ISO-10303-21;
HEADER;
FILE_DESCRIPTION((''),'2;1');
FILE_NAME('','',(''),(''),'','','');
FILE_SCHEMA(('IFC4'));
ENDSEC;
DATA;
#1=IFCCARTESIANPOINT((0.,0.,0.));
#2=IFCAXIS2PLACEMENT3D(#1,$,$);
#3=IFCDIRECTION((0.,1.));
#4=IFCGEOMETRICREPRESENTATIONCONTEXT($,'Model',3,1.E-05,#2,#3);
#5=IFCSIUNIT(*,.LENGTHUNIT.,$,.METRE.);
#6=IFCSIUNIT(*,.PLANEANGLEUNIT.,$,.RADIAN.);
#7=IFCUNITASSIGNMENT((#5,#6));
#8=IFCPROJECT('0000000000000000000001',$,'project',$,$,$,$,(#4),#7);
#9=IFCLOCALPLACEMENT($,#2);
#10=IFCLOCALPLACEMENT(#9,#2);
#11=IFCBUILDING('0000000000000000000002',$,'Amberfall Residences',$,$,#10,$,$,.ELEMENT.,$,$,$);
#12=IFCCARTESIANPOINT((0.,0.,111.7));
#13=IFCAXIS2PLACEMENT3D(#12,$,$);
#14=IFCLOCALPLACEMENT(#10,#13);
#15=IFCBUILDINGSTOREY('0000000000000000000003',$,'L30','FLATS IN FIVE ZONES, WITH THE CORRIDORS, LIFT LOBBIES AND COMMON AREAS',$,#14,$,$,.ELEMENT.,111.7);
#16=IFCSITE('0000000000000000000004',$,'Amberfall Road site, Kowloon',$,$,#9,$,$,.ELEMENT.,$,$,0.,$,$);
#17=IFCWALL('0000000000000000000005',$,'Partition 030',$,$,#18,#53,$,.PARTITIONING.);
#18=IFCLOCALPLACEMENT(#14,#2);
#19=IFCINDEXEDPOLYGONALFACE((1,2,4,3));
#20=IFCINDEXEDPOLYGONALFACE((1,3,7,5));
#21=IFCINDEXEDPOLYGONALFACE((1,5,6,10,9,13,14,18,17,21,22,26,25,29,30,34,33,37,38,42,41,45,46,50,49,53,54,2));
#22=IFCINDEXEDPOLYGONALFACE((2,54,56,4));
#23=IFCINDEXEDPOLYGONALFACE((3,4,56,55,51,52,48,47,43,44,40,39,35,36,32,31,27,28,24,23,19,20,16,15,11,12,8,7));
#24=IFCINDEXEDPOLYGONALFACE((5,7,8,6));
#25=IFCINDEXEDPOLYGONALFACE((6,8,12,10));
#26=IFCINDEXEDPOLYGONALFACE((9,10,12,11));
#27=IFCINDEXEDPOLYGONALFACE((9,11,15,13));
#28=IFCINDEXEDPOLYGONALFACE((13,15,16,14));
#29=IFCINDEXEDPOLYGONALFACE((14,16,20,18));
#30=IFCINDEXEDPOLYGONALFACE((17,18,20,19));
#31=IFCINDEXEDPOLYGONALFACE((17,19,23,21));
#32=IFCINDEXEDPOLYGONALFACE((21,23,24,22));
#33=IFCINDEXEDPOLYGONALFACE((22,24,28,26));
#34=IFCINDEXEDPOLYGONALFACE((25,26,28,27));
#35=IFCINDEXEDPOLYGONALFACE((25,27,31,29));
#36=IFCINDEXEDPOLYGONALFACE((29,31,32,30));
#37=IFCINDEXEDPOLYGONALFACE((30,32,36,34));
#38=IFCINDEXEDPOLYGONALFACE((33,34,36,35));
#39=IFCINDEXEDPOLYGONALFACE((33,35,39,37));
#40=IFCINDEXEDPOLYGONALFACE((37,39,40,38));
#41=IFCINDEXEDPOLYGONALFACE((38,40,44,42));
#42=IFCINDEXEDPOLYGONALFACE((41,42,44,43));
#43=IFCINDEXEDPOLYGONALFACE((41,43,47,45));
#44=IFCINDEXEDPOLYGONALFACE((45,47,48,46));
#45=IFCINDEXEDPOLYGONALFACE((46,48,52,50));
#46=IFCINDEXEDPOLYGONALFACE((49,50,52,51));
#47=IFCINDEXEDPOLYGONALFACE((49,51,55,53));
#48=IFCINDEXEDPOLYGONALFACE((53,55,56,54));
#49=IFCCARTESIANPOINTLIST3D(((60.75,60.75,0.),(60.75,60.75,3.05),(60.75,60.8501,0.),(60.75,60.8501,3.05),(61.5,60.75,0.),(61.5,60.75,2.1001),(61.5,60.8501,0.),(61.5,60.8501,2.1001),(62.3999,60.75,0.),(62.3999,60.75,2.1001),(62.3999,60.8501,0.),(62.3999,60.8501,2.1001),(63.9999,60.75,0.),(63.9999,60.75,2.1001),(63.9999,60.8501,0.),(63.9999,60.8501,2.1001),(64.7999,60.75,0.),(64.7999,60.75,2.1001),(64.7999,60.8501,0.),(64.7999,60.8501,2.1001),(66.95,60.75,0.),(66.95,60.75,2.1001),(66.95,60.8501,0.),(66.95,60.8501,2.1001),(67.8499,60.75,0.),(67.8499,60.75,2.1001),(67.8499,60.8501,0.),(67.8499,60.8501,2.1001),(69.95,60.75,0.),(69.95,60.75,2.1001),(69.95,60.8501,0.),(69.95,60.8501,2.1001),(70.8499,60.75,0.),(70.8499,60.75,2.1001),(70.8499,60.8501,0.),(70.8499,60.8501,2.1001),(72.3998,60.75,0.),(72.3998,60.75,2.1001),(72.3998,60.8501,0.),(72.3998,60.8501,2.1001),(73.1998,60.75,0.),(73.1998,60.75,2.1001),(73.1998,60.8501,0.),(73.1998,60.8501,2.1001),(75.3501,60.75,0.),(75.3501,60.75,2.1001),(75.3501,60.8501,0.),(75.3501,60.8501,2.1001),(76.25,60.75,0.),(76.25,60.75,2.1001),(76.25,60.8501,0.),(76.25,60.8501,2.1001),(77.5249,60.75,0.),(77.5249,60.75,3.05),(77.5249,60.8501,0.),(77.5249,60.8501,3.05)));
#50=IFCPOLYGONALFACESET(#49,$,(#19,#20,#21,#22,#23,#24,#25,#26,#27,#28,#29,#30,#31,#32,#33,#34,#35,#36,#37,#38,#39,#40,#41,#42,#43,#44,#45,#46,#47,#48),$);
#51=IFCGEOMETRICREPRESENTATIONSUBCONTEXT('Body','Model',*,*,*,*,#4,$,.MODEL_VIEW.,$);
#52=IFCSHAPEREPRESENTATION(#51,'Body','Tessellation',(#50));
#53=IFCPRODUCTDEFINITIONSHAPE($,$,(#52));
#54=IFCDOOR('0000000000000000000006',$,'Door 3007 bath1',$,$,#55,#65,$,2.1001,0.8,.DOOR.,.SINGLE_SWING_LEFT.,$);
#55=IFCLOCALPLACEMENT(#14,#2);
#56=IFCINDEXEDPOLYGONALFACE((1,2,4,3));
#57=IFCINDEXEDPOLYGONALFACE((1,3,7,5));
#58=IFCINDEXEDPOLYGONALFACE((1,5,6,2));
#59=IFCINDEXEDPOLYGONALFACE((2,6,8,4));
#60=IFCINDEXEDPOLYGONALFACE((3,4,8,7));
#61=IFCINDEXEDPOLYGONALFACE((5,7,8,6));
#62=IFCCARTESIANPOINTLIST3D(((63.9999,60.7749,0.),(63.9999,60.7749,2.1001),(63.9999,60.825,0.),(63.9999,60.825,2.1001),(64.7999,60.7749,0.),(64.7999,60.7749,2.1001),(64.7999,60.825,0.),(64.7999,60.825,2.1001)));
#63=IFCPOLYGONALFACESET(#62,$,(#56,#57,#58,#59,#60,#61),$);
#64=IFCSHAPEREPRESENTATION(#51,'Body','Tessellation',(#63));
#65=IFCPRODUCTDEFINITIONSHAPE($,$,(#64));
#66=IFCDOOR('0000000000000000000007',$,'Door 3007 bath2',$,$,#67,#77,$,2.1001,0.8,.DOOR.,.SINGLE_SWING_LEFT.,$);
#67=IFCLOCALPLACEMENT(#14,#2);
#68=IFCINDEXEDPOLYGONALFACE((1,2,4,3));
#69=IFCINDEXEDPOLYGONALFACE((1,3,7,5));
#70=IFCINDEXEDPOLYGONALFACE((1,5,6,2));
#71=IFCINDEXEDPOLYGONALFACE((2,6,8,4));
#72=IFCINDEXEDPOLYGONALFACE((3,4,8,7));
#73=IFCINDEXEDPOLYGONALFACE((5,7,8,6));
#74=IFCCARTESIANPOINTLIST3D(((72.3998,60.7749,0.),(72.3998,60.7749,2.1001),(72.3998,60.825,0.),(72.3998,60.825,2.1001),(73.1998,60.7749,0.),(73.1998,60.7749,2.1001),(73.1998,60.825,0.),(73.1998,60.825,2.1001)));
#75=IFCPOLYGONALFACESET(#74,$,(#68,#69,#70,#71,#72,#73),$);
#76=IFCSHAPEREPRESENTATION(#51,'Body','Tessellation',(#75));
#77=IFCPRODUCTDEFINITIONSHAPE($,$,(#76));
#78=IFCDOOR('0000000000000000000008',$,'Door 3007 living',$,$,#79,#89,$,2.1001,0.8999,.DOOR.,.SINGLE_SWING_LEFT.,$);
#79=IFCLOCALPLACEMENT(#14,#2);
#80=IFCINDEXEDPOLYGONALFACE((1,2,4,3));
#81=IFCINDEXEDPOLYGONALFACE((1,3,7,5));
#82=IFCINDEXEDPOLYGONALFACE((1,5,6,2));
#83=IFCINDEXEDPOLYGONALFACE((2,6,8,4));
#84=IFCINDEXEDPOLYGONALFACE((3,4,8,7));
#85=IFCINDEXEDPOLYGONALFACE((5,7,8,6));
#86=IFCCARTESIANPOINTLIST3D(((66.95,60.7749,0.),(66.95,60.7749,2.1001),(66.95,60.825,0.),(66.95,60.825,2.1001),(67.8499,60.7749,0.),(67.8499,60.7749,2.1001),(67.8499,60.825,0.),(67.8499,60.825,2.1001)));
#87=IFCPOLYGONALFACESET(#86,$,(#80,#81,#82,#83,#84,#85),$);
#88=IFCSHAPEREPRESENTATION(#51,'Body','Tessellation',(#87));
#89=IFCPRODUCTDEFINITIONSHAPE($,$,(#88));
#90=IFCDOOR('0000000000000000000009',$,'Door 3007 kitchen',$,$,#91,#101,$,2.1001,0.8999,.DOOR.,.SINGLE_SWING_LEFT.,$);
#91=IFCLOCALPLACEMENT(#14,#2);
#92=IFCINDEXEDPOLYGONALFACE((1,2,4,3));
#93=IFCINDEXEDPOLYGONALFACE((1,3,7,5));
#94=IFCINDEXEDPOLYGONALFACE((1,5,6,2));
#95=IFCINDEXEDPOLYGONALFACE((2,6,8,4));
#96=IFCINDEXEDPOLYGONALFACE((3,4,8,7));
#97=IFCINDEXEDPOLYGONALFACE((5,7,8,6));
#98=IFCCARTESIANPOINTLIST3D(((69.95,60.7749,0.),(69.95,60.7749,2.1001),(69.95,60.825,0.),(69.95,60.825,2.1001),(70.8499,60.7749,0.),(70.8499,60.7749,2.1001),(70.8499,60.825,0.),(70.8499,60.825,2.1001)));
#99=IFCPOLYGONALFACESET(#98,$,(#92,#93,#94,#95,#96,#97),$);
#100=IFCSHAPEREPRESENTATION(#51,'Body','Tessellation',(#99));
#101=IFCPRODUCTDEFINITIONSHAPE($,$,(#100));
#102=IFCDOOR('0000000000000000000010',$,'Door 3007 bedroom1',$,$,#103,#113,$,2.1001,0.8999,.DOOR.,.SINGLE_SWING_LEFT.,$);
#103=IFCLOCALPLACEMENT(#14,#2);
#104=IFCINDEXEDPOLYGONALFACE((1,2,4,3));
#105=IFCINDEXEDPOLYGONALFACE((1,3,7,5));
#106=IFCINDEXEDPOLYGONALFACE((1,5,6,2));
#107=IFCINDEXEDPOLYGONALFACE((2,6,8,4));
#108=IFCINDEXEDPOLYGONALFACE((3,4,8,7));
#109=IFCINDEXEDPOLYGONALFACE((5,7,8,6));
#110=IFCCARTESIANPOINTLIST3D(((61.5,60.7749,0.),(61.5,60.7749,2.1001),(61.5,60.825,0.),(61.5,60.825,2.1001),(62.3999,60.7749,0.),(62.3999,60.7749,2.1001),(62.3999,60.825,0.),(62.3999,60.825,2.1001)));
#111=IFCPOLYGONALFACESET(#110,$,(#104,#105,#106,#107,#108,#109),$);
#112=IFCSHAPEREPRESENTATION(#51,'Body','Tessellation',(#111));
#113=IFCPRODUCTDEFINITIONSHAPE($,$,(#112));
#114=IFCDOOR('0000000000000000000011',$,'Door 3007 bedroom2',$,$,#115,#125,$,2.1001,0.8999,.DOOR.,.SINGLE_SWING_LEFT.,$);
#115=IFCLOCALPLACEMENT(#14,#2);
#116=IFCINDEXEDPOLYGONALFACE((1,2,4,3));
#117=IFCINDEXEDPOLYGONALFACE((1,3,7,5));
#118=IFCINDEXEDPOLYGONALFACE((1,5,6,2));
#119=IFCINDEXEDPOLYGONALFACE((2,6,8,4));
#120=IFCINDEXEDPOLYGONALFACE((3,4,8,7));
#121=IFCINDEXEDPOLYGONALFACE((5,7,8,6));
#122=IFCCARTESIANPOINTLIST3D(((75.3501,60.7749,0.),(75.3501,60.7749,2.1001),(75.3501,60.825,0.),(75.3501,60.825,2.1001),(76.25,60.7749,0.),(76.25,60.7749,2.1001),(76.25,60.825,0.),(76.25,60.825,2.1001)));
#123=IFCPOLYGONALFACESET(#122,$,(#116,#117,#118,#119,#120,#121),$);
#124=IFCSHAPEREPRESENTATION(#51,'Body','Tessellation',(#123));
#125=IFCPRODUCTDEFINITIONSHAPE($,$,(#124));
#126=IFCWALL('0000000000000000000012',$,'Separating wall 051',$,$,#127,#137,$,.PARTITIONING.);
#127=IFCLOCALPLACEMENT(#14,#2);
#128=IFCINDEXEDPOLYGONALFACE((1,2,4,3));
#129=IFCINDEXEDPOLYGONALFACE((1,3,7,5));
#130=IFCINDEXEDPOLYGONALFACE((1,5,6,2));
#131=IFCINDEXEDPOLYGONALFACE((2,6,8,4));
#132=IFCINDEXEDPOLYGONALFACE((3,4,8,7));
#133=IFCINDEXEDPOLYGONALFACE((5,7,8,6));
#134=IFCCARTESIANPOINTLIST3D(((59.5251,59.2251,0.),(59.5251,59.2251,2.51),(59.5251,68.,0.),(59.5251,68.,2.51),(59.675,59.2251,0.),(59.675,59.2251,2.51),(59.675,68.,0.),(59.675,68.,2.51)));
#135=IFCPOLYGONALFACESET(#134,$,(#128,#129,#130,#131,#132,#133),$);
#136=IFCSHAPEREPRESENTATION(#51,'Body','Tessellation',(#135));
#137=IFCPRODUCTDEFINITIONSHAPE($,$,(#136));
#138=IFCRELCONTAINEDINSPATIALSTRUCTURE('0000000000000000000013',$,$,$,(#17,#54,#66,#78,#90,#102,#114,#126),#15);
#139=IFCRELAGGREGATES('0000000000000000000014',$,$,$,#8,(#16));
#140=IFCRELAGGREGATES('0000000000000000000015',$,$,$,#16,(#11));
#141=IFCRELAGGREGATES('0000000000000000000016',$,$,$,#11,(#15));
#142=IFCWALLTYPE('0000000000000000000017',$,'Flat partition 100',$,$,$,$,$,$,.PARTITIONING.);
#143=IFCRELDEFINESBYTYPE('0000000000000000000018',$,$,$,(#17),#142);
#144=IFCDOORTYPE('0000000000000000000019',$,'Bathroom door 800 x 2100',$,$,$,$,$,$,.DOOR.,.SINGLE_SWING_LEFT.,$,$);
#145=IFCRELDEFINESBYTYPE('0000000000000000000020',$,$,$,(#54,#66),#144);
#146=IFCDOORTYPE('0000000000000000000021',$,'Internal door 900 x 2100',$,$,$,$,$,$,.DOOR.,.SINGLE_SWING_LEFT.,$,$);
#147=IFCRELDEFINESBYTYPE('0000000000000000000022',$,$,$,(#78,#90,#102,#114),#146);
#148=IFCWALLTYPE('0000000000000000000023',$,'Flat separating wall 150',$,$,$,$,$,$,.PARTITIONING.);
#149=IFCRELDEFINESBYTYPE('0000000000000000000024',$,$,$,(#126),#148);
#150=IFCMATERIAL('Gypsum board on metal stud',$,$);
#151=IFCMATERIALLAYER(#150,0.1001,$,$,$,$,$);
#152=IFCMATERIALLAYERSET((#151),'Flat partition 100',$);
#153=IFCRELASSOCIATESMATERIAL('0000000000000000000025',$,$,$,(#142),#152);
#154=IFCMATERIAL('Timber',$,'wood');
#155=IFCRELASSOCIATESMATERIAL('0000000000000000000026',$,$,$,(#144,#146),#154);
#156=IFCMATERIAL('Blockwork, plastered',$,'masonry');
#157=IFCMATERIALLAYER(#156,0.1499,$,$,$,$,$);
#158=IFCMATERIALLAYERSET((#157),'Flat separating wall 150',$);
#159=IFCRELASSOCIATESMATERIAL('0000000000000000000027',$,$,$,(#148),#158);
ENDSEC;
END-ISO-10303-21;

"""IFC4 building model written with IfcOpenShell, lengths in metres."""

from ifc_helpers import new_model, si_unit, direction, frame, frame_2d, origin, place, context, subcontext, project, spatial, rectangle, extrude, material, layer, layer_set, type_object, element, fill, save


model = new_model("IFC4")

# Units and contexts
model_context = context("Model", 3, precision=1e-05, world=origin(), true_north=direction((0.0, 1.0)))
body_context = subcontext(model_context, "Body", "Model", "MODEL_VIEW")
ifc_project = project(units=[si_unit("LENGTHUNIT", "METRE"), si_unit("PLANEANGLEUNIT", "RADIAN")], contexts=[model_context])

# Site, building, storey
site_placement = place(None, origin())
site = spatial("IfcSite", under=ifc_project, at=site_placement, Name="Amberfall Road site, Kowloon", CompositionType="ELEMENT", RefElevation=0.0)
building_placement = place(site_placement, origin())
building = spatial("IfcBuilding", under=site, at=building_placement, Name="Amberfall Residences", CompositionType="ELEMENT")
storey_placement = place(building_placement, frame((0.0, 0.0, 111.7)))
storey = spatial("IfcBuildingStorey", under=building, at=storey_placement, Name="L30", Description="FLATS IN FIVE ZONES, WITH THE CORRIDORS, LIFT LOBBIES AND COMMON AREAS", CompositionType="ELEMENT", Elevation=111.7)

# Shared definitions
ifc_material_1 = material(Name="Gypsum board on metal stud")
ifc_layer_1 = layer(ifc_material_1, 0.1001)
ifc_layer_set_1 = layer_set([ifc_layer_1], Name="Flat partition 100")
wall_type_1 = type_object("IfcWallType", Name="Flat partition 100", PredefinedType="PARTITIONING", material=ifc_layer_set_1)

# Wall, openings, doors
wall_1_placement = place(storey_placement, frame((60.75, 60.8, 0.0), z_axis=(0.0, 0.0, 1.0), x_axis=(1.0, 0.0, 0.0)))
wall_1 = element("IfcWall", 1, at=wall_1_placement, inside=storey, type_object=wall_type_1, Name="Partition 030", PredefinedType="PARTITIONING", context=body_context, shape_type="SweptSolid", body=[
    extrude(rectangle(XDim=16.7749, YDim=0.1001, at=frame_2d((8.3875, 0.0))), origin(), (0.0, 0.0, 1.0), 3.05),
])
opening_1_placement = place(wall_1_placement, frame((6.2, 0.0, 0.0)))
opening_1 = element("IfcOpeningElement", 2, at=opening_1_placement, cuts=wall_1, PredefinedType="OPENING", context=body_context, shape_type="SweptSolid", body=[
    extrude(rectangle(XDim=0.8999, YDim=2.1001, at=frame_2d((0.45, 1.05))), frame((0.0, 0.0601, 0.0), z_axis=(0.0, -1.0, 0.0), x_axis=(1.0, 0.0, 0.0)), (0.0, 0.0, 1.0), 0.1201),
])
opening_2_placement = place(wall_1_placement, frame((9.2, 0.0, 0.0)))
opening_2 = element("IfcOpeningElement", 3, at=opening_2_placement, cuts=wall_1, PredefinedType="OPENING", context=body_context, shape_type="SweptSolid", body=[
    extrude(rectangle(XDim=0.8999, YDim=2.1001, at=frame_2d((0.45, 1.05))), frame((0.0, 0.0601, 0.0), z_axis=(0.0, -1.0, 0.0), x_axis=(1.0, 0.0, 0.0)), (0.0, 0.0, 1.0), 0.1201),
])
opening_3_placement = place(wall_1_placement, frame((0.75, 0.0, 0.0)))
opening_3 = element("IfcOpeningElement", 4, at=opening_3_placement, cuts=wall_1, PredefinedType="OPENING", context=body_context, shape_type="SweptSolid", body=[
    extrude(rectangle(XDim=0.8999, YDim=2.1001, at=frame_2d((0.45, 1.05))), frame((0.0, 0.0601, 0.0), z_axis=(0.0, -1.0, 0.0), x_axis=(1.0, 0.0, 0.0)), (0.0, 0.0, 1.0), 0.1201),
])
opening_4_placement = place(wall_1_placement, frame((14.6001, 0.0, 0.0)))
opening_4 = element("IfcOpeningElement", 5, at=opening_4_placement, cuts=wall_1, PredefinedType="OPENING", context=body_context, shape_type="SweptSolid", body=[
    extrude(rectangle(XDim=0.8999, YDim=2.1001, at=frame_2d((0.45, 1.05))), frame((0.0, 0.0601, 0.0), z_axis=(0.0, -1.0, 0.0), x_axis=(1.0, 0.0, 0.0)), (0.0, 0.0, 1.0), 0.1201),
])
opening_5_placement = place(wall_1_placement, frame((3.25, 0.0, 0.0)))
opening_5 = element("IfcOpeningElement", 6, at=opening_5_placement, cuts=wall_1, PredefinedType="OPENING", context=body_context, shape_type="SweptSolid", body=[
    extrude(rectangle(XDim=0.8, YDim=2.1001, at=frame_2d((0.3999, 1.05))), frame((0.0, 0.0601, 0.0), z_axis=(0.0, -1.0, 0.0), x_axis=(1.0, 0.0, 0.0)), (0.0, 0.0, 1.0), 0.1201),
])
opening_6_placement = place(wall_1_placement, frame((11.6499, 0.0, 0.0)))
opening_6 = element("IfcOpeningElement", 7, at=opening_6_placement, cuts=wall_1, PredefinedType="OPENING", context=body_context, shape_type="SweptSolid", body=[
    extrude(rectangle(XDim=0.8, YDim=2.1001, at=frame_2d((0.3999, 1.05))), frame((0.0, 0.0601, 0.0), z_axis=(0.0, -1.0, 0.0), x_axis=(1.0, 0.0, 0.0)), (0.0, 0.0, 1.0), 0.1201),
])
ifc_material_2 = material(Name="Timber", Category="wood")
door_type_1 = type_object("IfcDoorType", Name="Bathroom door 800 x 2100", OperationType="SINGLE_SWING_LEFT", PredefinedType="DOOR", material=ifc_material_2)
door_1_placement = place(opening_5_placement, origin())
door_1 = element("IfcDoor", 8, at=door_1_placement, inside=storey, type_object=door_type_1, Name="Door 3007 bath1", OperationType="SINGLE_SWING_LEFT", OverallHeight=2.1001, OverallWidth=0.8, PredefinedType="DOOR", context=body_context, shape_type="SweptSolid", body=[
    extrude(rectangle(XDim=0.8, YDim=2.1001, at=frame_2d((0.3999, 1.05))), frame((0.0, 0.0249, 0.0), z_axis=(0.0, -1.0, 0.0), x_axis=(1.0, 0.0, 0.0)), (0.0, 0.0, 1.0), 0.05),
])
fill(opening_5, door_1)
door_2_placement = place(opening_6_placement, origin())
door_2 = element("IfcDoor", 9, at=door_2_placement, inside=storey, type_object=door_type_1, Name="Door 3007 bath2", OperationType="SINGLE_SWING_LEFT", OverallHeight=2.1001, OverallWidth=0.8, PredefinedType="DOOR", context=body_context, shape_type="SweptSolid", body=[
    extrude(rectangle(XDim=0.8, YDim=2.1001, at=frame_2d((0.3999, 1.05))), frame((0.0, 0.0249, 0.0), z_axis=(0.0, -1.0, 0.0), x_axis=(1.0, 0.0, 0.0)), (0.0, 0.0, 1.0), 0.05),
])
fill(opening_6, door_2)
door_type_2 = type_object("IfcDoorType", Name="Internal door 900 x 2100", OperationType="SINGLE_SWING_LEFT", PredefinedType="DOOR", material=ifc_material_2)
door_3_placement = place(opening_1_placement, origin())
door_3 = element("IfcDoor", 10, at=door_3_placement, inside=storey, type_object=door_type_2, Name="Door 3007 living", OperationType="SINGLE_SWING_LEFT", OverallHeight=2.1001, OverallWidth=0.8999, PredefinedType="DOOR", context=body_context, shape_type="SweptSolid", body=[
    extrude(rectangle(XDim=0.8999, YDim=2.1001, at=frame_2d((0.45, 1.05))), frame((0.0, 0.0249, 0.0), z_axis=(0.0, -1.0, 0.0), x_axis=(1.0, 0.0, 0.0)), (0.0, 0.0, 1.0), 0.05),
])
fill(opening_1, door_3)
door_4_placement = place(opening_2_placement, origin())
door_4 = element("IfcDoor", 11, at=door_4_placement, inside=storey, type_object=door_type_2, Name="Door 3007 kitchen", OperationType="SINGLE_SWING_LEFT", OverallHeight=2.1001, OverallWidth=0.8999, PredefinedType="DOOR", context=body_context, shape_type="SweptSolid", body=[
    extrude(rectangle(XDim=0.8999, YDim=2.1001, at=frame_2d((0.45, 1.05))), frame((0.0, 0.0249, 0.0), z_axis=(0.0, -1.0, 0.0), x_axis=(1.0, 0.0, 0.0)), (0.0, 0.0, 1.0), 0.05),
])
fill(opening_2, door_4)
door_5_placement = place(opening_3_placement, origin())
door_5 = element("IfcDoor", 12, at=door_5_placement, inside=storey, type_object=door_type_2, Name="Door 3007 bedroom1", OperationType="SINGLE_SWING_LEFT", OverallHeight=2.1001, OverallWidth=0.8999, PredefinedType="DOOR", context=body_context, shape_type="SweptSolid", body=[
    extrude(rectangle(XDim=0.8999, YDim=2.1001, at=frame_2d((0.45, 1.05))), frame((0.0, 0.0249, 0.0), z_axis=(0.0, -1.0, 0.0), x_axis=(1.0, 0.0, 0.0)), (0.0, 0.0, 1.0), 0.05),
])
fill(opening_3, door_5)
door_6_placement = place(opening_4_placement, origin())
door_6 = element("IfcDoor", 13, at=door_6_placement, inside=storey, type_object=door_type_2, Name="Door 3007 bedroom2", OperationType="SINGLE_SWING_LEFT", OverallHeight=2.1001, OverallWidth=0.8999, PredefinedType="DOOR", context=body_context, shape_type="SweptSolid", body=[
    extrude(rectangle(XDim=0.8999, YDim=2.1001, at=frame_2d((0.45, 1.05))), frame((0.0, 0.0249, 0.0), z_axis=(0.0, -1.0, 0.0), x_axis=(1.0, 0.0, 0.0)), (0.0, 0.0, 1.0), 0.05),
])
fill(opening_4, door_6)

# Wall
ifc_material_3 = material(Name="Blockwork, plastered", Category="masonry")
ifc_layer_2 = layer(ifc_material_3, 0.1499)
ifc_layer_set_2 = layer_set([ifc_layer_2], Name="Flat separating wall 150")
wall_type_2 = type_object("IfcWallType", Name="Flat separating wall 150", PredefinedType="PARTITIONING", material=ifc_layer_set_2)
wall_2_placement = place(storey_placement, frame((59.6001, 59.2251, 0.0), z_axis=(0.0, 0.0, 1.0), x_axis=(0.0, 1.0, 0.0)))
element("IfcWall", 14, at=wall_2_placement, inside=storey, type_object=wall_type_2, Name="Separating wall 051", PredefinedType="PARTITIONING", context=body_context, shape_type="SweptSolid", body=[
    extrude(rectangle(XDim=8.7749, YDim=0.1499, at=frame_2d((4.3875, 0.0))), origin(), (0.0, 0.0, 1.0), 2.51),
])

save(model, "model.ifc")
